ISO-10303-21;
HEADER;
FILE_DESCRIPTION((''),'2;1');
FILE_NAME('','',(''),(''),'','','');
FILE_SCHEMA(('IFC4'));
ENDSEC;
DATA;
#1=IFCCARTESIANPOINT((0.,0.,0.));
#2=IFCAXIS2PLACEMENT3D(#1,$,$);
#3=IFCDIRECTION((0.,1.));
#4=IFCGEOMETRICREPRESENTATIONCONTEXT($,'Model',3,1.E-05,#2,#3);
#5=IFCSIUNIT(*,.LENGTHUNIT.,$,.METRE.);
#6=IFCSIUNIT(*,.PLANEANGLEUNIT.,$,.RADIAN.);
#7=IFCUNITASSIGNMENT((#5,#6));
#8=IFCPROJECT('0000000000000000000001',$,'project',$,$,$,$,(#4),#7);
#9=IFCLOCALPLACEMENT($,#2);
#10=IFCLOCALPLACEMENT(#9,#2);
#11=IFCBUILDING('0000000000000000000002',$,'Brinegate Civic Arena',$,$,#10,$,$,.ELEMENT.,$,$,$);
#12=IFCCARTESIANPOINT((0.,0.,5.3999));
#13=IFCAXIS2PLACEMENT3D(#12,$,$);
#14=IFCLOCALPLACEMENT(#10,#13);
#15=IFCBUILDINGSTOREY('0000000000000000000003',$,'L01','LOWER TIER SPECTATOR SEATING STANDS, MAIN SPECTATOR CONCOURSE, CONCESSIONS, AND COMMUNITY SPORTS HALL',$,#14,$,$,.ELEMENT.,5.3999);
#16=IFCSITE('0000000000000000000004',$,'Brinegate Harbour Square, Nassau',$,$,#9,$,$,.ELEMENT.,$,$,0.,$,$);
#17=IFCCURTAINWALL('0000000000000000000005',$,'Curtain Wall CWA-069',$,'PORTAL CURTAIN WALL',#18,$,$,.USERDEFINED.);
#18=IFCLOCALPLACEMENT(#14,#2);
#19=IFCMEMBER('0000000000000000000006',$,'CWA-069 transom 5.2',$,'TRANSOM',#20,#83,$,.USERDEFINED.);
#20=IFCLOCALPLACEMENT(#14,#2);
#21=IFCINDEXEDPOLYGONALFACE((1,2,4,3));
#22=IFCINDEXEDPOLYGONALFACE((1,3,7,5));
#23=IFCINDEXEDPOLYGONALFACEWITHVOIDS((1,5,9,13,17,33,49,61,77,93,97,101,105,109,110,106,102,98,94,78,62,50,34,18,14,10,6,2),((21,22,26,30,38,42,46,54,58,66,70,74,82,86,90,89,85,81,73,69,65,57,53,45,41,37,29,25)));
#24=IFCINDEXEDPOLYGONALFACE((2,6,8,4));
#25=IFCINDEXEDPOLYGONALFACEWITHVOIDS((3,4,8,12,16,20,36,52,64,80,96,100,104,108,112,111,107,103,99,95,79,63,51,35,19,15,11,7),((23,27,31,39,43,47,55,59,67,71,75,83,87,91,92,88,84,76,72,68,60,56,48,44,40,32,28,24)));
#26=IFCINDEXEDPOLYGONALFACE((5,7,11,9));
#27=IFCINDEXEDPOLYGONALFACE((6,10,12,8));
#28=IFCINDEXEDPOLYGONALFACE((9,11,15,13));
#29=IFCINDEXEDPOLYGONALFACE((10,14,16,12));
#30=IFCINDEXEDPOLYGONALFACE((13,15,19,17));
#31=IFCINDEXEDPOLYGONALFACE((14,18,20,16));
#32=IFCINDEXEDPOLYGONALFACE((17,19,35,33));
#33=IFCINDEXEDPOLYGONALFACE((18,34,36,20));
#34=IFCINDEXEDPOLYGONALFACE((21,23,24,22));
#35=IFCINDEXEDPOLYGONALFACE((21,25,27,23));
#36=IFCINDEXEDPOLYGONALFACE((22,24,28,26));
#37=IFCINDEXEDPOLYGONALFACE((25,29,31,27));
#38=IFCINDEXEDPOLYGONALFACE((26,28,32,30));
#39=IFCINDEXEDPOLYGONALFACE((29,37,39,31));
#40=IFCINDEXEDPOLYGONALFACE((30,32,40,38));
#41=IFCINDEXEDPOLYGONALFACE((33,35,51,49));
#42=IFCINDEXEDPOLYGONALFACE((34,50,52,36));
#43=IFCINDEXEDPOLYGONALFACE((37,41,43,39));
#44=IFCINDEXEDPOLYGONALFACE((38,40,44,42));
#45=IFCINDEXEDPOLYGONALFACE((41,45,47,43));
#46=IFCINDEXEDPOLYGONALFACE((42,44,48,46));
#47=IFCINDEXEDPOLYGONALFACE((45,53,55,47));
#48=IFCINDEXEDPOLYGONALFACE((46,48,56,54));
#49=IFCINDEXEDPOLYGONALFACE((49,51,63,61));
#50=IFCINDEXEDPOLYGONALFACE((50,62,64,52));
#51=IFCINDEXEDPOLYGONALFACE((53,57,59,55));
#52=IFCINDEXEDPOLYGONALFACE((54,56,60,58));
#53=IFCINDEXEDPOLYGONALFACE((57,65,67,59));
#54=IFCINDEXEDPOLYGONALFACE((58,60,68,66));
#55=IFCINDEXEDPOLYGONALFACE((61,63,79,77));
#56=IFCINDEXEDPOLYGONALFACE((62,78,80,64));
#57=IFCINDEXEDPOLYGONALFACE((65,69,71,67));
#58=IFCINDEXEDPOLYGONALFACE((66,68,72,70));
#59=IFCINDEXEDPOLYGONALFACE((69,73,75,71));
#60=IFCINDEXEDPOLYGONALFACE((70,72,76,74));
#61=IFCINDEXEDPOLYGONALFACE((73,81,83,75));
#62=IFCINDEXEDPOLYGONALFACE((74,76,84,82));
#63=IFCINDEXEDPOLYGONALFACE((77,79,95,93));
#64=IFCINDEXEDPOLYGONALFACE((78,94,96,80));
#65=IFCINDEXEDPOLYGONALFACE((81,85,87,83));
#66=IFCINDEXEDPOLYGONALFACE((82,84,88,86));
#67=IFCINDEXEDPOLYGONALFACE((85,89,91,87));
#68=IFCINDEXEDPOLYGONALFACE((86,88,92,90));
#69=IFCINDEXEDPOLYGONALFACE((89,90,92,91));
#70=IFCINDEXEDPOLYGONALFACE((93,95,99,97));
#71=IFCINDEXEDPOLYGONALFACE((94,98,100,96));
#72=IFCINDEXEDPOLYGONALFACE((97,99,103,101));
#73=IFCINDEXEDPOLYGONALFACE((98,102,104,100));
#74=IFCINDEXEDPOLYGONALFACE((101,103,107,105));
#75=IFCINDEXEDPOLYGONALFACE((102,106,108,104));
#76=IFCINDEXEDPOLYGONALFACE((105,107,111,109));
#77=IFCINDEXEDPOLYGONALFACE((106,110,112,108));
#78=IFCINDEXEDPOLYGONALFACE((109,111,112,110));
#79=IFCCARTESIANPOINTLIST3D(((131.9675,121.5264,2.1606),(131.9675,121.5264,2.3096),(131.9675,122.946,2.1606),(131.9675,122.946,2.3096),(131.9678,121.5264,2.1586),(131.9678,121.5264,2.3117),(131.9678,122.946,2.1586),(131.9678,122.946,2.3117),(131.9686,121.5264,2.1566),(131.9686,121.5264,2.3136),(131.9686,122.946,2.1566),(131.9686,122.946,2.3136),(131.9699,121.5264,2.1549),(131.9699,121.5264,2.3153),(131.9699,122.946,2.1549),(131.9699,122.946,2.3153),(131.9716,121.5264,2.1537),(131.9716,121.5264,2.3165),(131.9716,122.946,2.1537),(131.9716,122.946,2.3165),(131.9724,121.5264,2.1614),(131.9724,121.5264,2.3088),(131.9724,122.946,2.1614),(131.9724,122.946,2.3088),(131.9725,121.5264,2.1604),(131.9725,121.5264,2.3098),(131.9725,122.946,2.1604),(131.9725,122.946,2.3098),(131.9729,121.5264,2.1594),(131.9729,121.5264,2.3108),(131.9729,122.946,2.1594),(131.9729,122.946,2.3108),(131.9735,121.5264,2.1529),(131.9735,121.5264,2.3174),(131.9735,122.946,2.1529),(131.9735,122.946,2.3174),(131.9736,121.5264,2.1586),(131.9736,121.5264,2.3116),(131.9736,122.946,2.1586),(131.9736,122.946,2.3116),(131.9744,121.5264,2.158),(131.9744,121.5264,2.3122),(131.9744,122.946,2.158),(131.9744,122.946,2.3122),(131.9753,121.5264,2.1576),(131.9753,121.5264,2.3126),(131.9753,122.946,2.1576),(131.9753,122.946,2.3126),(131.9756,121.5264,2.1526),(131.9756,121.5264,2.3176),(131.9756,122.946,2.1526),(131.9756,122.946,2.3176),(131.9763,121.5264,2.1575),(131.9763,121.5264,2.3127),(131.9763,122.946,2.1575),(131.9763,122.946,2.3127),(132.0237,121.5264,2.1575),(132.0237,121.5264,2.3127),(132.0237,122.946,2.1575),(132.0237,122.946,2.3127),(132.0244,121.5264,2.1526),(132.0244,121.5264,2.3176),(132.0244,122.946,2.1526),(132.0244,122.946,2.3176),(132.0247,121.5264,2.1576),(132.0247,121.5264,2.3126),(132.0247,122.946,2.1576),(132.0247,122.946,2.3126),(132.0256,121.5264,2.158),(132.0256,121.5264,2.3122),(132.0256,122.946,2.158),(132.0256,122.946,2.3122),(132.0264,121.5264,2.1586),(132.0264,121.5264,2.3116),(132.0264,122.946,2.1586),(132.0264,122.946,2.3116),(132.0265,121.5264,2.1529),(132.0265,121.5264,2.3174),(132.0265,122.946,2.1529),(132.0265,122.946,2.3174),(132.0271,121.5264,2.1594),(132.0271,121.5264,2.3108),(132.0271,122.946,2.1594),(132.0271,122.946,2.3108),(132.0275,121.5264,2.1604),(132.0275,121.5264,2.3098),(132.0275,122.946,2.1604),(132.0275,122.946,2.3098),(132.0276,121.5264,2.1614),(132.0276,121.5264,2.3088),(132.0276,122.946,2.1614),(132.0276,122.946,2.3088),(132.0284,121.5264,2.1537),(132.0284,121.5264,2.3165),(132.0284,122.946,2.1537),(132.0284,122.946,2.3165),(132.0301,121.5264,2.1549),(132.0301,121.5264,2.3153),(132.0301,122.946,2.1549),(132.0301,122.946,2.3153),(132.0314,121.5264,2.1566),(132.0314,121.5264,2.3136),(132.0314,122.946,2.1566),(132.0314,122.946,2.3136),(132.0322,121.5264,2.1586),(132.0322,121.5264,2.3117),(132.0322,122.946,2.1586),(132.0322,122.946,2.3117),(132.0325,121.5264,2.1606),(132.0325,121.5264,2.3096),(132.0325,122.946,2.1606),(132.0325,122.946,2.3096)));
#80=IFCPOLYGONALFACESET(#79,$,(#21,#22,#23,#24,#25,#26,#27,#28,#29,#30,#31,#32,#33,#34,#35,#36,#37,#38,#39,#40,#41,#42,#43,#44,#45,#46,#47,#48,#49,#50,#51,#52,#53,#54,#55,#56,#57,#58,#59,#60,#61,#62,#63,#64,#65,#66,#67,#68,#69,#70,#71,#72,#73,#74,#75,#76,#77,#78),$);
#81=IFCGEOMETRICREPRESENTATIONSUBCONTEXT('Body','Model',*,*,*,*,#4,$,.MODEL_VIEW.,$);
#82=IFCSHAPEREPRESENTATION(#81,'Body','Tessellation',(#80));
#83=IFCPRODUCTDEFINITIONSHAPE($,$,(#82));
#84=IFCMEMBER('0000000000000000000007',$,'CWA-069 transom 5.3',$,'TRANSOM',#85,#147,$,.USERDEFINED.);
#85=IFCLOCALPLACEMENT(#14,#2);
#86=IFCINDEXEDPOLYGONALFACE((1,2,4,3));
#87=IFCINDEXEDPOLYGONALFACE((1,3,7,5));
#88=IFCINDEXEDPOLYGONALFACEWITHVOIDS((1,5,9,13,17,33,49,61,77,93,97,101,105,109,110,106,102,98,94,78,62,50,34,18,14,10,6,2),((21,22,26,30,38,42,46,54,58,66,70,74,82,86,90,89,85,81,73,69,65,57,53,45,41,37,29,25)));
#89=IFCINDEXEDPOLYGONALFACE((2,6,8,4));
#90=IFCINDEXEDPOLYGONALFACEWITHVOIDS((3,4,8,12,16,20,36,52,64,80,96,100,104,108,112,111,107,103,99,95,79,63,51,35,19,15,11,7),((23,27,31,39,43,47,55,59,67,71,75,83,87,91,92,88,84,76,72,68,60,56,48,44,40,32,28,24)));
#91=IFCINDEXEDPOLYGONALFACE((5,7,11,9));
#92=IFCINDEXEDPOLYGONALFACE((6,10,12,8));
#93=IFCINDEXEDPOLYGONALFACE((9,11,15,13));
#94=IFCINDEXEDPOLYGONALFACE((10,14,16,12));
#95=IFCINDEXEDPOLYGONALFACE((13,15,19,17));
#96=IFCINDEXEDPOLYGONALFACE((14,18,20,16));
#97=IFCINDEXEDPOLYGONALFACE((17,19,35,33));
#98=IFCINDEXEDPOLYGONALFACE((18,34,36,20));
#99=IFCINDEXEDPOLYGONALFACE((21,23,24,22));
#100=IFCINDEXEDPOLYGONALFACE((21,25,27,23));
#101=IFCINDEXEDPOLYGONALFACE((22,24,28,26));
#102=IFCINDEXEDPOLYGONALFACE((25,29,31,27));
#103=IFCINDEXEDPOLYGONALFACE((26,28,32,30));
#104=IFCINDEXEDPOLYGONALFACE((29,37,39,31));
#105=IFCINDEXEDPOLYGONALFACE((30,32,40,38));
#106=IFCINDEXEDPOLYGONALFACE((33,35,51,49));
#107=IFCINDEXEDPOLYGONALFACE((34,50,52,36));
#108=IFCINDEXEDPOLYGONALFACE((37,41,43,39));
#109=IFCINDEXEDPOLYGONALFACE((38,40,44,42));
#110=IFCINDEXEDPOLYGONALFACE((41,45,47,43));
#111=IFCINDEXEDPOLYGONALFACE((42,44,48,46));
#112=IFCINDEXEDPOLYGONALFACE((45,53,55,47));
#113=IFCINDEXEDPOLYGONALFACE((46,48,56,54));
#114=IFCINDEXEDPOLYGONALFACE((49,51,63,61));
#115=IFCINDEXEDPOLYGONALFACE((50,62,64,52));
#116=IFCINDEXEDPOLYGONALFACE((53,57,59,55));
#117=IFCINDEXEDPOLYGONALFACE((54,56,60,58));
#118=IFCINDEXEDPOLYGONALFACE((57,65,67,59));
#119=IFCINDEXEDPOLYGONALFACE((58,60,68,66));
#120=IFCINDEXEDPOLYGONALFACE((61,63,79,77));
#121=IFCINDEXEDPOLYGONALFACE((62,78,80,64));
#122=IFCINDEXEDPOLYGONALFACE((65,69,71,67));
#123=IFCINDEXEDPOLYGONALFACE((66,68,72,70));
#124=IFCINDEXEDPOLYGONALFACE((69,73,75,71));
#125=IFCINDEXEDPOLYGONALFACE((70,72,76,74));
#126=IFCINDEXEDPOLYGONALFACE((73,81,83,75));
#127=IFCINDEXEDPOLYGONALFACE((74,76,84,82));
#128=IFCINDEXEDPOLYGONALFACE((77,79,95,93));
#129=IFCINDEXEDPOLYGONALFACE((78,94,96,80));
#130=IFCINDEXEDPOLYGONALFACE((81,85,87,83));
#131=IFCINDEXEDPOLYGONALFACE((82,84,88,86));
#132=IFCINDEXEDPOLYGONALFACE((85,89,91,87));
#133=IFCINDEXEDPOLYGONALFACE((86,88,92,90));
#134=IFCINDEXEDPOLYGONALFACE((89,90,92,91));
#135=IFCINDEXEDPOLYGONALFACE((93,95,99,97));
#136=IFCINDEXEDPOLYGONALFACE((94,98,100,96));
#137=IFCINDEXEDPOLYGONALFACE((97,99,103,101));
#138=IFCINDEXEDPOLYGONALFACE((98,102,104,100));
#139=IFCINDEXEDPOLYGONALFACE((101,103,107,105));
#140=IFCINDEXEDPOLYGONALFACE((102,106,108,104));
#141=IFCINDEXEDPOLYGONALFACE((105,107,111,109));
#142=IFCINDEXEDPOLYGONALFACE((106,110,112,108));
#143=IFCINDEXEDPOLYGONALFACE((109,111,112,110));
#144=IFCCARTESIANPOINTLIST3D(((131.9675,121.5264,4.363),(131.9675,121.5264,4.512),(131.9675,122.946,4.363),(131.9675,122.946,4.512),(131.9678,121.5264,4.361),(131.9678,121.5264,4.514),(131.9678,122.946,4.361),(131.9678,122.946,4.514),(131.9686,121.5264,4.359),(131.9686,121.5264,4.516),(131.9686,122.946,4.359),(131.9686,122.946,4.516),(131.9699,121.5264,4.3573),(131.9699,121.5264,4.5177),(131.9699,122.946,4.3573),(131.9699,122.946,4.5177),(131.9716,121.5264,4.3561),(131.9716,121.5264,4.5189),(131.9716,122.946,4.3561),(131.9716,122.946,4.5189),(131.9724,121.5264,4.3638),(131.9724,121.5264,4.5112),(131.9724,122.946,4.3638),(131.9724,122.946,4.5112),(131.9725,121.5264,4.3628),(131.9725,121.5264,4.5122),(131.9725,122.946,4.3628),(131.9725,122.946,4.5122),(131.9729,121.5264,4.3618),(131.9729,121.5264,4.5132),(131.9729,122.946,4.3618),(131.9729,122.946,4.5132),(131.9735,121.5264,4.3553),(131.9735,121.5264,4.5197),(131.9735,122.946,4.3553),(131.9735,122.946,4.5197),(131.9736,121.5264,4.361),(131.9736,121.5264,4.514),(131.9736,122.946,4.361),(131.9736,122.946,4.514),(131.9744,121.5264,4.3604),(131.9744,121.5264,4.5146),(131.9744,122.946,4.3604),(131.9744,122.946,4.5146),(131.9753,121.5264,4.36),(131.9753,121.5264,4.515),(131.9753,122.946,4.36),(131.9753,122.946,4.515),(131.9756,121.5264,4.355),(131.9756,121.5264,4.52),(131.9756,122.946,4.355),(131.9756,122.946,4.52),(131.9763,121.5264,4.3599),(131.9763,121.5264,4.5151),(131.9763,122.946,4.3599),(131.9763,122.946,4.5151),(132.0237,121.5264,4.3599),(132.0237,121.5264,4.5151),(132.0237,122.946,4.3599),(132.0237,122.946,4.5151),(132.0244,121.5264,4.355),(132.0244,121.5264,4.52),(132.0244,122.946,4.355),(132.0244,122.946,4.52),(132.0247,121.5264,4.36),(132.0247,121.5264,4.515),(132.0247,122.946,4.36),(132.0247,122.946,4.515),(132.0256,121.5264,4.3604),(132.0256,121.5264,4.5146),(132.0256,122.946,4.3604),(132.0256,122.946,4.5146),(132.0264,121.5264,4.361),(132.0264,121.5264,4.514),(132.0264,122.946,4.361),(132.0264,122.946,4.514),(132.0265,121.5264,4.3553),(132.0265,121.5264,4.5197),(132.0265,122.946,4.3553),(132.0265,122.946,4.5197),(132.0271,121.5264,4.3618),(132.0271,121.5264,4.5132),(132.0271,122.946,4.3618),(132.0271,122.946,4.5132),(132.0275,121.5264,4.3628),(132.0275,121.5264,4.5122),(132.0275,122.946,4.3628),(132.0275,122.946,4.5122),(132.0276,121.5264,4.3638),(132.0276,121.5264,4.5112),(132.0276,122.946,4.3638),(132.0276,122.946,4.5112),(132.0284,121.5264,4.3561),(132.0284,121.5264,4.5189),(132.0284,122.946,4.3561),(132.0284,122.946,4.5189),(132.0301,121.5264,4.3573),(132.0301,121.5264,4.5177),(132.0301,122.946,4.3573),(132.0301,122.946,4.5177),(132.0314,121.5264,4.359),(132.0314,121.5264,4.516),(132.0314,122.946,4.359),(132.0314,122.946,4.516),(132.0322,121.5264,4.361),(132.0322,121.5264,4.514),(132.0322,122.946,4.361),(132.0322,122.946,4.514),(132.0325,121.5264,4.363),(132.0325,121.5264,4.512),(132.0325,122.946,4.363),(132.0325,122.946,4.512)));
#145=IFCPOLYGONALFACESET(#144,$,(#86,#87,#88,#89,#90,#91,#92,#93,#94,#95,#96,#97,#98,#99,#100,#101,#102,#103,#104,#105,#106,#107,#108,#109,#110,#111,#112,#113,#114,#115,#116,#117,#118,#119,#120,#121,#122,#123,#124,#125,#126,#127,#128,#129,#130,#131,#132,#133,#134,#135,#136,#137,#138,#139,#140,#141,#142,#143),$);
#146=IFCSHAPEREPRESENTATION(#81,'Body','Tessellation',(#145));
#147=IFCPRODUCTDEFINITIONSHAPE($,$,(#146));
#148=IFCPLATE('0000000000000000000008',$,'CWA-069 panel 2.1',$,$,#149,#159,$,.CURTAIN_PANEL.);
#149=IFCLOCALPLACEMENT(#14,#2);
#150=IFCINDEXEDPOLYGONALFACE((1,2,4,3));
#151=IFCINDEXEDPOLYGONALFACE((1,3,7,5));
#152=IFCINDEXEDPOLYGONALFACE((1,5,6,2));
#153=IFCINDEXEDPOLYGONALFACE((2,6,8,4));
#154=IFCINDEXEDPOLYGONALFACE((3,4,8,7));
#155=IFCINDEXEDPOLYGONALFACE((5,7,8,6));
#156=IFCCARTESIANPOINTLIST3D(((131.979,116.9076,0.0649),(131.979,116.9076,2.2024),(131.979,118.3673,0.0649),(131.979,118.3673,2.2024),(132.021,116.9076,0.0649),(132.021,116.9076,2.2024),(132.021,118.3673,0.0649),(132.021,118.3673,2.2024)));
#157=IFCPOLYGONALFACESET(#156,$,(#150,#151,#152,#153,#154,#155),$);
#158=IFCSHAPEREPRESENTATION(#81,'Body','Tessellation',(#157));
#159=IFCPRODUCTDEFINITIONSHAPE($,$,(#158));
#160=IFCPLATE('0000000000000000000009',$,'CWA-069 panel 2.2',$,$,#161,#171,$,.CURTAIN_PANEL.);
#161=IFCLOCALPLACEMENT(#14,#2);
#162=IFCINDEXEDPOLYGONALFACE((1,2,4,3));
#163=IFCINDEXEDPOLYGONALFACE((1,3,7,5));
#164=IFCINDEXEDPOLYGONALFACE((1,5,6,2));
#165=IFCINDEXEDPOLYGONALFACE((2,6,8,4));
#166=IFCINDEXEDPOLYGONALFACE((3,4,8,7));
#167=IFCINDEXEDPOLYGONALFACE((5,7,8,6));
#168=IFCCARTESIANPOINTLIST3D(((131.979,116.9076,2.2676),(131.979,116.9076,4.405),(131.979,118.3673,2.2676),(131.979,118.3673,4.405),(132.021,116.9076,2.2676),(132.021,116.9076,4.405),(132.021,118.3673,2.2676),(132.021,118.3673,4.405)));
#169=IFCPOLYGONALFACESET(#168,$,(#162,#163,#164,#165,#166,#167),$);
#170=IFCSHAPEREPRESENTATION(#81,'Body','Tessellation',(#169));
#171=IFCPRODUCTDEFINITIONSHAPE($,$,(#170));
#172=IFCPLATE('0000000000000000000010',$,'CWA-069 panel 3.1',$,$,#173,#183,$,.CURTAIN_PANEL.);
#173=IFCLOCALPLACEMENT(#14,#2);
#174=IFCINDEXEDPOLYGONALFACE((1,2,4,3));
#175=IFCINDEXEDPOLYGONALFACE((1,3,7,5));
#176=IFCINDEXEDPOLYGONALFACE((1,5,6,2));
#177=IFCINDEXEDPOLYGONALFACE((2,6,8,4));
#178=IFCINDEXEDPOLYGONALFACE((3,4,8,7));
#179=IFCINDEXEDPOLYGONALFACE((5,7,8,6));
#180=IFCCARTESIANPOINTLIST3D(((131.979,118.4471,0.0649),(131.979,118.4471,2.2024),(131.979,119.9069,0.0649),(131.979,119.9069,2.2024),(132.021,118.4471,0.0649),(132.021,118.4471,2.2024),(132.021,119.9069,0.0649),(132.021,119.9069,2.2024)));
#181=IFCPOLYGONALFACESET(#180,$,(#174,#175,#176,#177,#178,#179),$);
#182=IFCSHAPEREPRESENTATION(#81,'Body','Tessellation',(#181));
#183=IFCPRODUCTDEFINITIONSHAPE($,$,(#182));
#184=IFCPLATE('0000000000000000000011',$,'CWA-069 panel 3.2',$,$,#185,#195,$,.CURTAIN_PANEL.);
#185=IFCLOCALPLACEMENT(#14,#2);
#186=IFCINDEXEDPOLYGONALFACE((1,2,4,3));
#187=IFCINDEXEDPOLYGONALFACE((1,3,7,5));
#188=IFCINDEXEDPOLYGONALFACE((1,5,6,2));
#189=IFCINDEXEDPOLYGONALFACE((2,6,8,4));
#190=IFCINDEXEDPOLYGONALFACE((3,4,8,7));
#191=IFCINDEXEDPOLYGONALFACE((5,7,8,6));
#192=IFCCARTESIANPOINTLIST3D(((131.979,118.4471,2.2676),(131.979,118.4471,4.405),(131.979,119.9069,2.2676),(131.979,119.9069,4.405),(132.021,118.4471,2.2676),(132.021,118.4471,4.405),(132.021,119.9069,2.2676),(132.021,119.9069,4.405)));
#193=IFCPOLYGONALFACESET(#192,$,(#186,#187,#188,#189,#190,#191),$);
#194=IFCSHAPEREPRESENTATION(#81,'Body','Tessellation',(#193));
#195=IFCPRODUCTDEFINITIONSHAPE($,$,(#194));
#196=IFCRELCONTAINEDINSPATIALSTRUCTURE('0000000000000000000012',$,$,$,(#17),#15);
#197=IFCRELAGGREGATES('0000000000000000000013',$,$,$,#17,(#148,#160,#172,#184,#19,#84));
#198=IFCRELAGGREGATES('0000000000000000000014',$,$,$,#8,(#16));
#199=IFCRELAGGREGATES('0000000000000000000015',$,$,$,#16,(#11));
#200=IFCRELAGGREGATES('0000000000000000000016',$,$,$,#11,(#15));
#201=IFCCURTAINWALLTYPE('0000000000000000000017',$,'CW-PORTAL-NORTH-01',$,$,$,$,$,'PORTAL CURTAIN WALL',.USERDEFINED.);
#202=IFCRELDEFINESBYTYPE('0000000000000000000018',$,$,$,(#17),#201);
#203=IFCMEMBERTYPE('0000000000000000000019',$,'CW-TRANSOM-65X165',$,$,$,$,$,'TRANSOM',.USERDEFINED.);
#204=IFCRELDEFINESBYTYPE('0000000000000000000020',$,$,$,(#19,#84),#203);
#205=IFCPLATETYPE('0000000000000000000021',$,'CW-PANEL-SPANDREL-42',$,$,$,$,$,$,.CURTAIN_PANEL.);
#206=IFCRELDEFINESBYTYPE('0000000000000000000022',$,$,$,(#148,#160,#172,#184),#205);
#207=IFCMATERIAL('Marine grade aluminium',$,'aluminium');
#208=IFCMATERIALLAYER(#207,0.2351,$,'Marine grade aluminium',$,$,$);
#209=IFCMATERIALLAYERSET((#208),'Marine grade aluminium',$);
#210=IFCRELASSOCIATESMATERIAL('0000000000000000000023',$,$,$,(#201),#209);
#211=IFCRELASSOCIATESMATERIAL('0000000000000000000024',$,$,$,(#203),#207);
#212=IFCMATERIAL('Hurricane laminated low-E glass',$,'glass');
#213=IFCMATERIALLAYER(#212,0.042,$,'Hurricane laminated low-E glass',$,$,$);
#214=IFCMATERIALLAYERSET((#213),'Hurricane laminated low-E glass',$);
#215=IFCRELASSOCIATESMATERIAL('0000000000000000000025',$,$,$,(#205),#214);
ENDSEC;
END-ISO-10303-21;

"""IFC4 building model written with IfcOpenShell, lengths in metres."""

from ifc_helpers import new_model, si_unit, direction, frame, origin, origin_2d, place, context, subcontext, project, spatial, rectangle, hollow_rectangle, extrude, material, layer, layer_set, material_profile, profile_set, type_object, element, aggregate, save


model = new_model("IFC4")

# Units and contexts
model_context = context("Model", 3, precision=1e-05, world=origin(), true_north=direction((0.0, 1.0)))
body_context = subcontext(model_context, "Body", "Model", "MODEL_VIEW")
ifc_project = project(units=[si_unit("LENGTHUNIT", "METRE"), si_unit("PLANEANGLEUNIT", "RADIAN")], contexts=[model_context])

# Site, building, storey
site_placement = place(None, origin())
site = spatial("IfcSite", under=ifc_project, at=site_placement, Name="Brinegate Harbour Square, Nassau", CompositionType="ELEMENT", RefElevation=0.0)
building_placement = place(site_placement, origin())
building = spatial("IfcBuilding", under=site, at=building_placement, Name="Brinegate Civic Arena", CompositionType="ELEMENT")
storey_placement = place(building_placement, frame((0.0, 0.0, 5.3999)))
storey = spatial("IfcBuildingStorey", under=building, at=storey_placement, Name="L01", Description="LOWER TIER SPECTATOR SEATING STANDS, MAIN SPECTATOR CONCOURSE, CONCESSIONS, AND COMMUNITY SPORTS HALL", CompositionType="ELEMENT", Elevation=5.3999)

# Curtain wall, members, plates
ifc_material_1 = material(Name="Marine grade aluminium", Category="aluminium")
ifc_layer_1 = layer(ifc_material_1, 0.2351, Name="Marine grade aluminium")
ifc_layer_set_1 = layer_set([ifc_layer_1], Name="Marine grade aluminium")
curtain_wall_type = type_object("IfcCurtainWallType", Name="CW-PORTAL-NORTH-01", ElementType="PORTAL CURTAIN WALL", PredefinedType="USERDEFINED", material=ifc_layer_set_1)
curtain_wall_placement = place(storey_placement, origin())
curtain_wall = element("IfcCurtainWall", 1, at=curtain_wall_placement, inside=storey, type_object=curtain_wall_type, Name="Curtain Wall CWA-069", ObjectType="PORTAL CURTAIN WALL", PredefinedType="USERDEFINED")
ifc_material_profile_1 = material_profile(ifc_material_1, hollow_rectangle(XDim=0.0649, YDim=0.165, WallThickness=0.0049, InnerFilletRadius=0.0039, OuterFilletRadius=0.0081, at=origin_2d()), Name="TRN65X165")
ifc_profile_set_1 = profile_set([ifc_material_profile_1], Name="Marine grade aluminium")
member_type_1 = type_object("IfcMemberType", Name="CW-TRANSOM-65X165", ElementType="TRANSOM", PredefinedType="USERDEFINED", material=ifc_profile_set_1)
member_1_placement = place(storey_placement, frame((132.0, 121.5264, 2.2351), z_axis=(0.0, 1.0, 0.0), x_axis=(-1.0, 0.0, 0.0)))
member_1 = element("IfcMember", 2, at=member_1_placement, type_object=member_type_1, Name="CWA-069 transom 5.2", ObjectType="TRANSOM", PredefinedType="USERDEFINED", context=body_context, shape_type="SweptSolid", body=[
    extrude(hollow_rectangle(XDim=0.0649, YDim=0.165, WallThickness=0.0049, InnerFilletRadius=0.0039, OuterFilletRadius=0.0081, at=origin_2d()), origin(), (0.0, 0.0, 1.0), 1.4197),
])
member_2_placement = place(storey_placement, frame((132.0, 121.5264, 4.4375), z_axis=(0.0, 1.0, 0.0), x_axis=(-1.0, 0.0, 0.0)))
member_2 = element("IfcMember", 3, at=member_2_placement, type_object=member_type_1, Name="CWA-069 transom 5.3", ObjectType="TRANSOM", PredefinedType="USERDEFINED", context=body_context, shape_type="SweptSolid", body=[
    extrude(hollow_rectangle(XDim=0.0649, YDim=0.165, WallThickness=0.0049, InnerFilletRadius=0.0039, OuterFilletRadius=0.0081, at=origin_2d()), origin(), (0.0, 0.0, 1.0), 1.4197),
])
ifc_material_2 = material(Name="Hurricane laminated low-E glass", Category="glass")
ifc_layer_2 = layer(ifc_material_2, 0.042, Name="Hurricane laminated low-E glass")
ifc_layer_set_2 = layer_set([ifc_layer_2], Name="Hurricane laminated low-E glass")
plate_type = type_object("IfcPlateType", Name="CW-PANEL-SPANDREL-42", PredefinedType="CURTAIN_PANEL", material=ifc_layer_set_2)
plate_1_placement = place(storey_placement, frame((132.0, 117.6375, 0.0649), z_axis=(0.0, 0.0, 1.0), x_axis=(0.0, 1.0, 0.0)))
plate_1 = element("IfcPlate", 4, at=plate_1_placement, type_object=plate_type, Name="CWA-069 panel 2.1", PredefinedType="CURTAIN_PANEL", context=body_context, shape_type="SweptSolid", body=[
    extrude(rectangle(XDim=1.4597, YDim=0.042, at=origin_2d()), origin(), (0.0, 0.0, 1.0), 2.1375),
])
plate_2_placement = place(storey_placement, frame((132.0, 117.6375, 2.2676), z_axis=(0.0, 0.0, 1.0), x_axis=(0.0, 1.0, 0.0)))
plate_2 = element("IfcPlate", 5, at=plate_2_placement, type_object=plate_type, Name="CWA-069 panel 2.2", PredefinedType="CURTAIN_PANEL", context=body_context, shape_type="SweptSolid", body=[
    extrude(rectangle(XDim=1.4597, YDim=0.042, at=origin_2d()), origin(), (0.0, 0.0, 1.0), 2.1375),
])
plate_3_placement = place(storey_placement, frame((132.0, 119.177, 0.0649), z_axis=(0.0, 0.0, 1.0), x_axis=(0.0, 1.0, 0.0)))
plate_3 = element("IfcPlate", 6, at=plate_3_placement, type_object=plate_type, Name="CWA-069 panel 3.1", PredefinedType="CURTAIN_PANEL", context=body_context, shape_type="SweptSolid", body=[
    extrude(rectangle(XDim=1.4597, YDim=0.042, at=origin_2d()), origin(), (0.0, 0.0, 1.0), 2.1375),
])
plate_4_placement = place(storey_placement, frame((132.0, 119.177, 2.2676), z_axis=(0.0, 0.0, 1.0), x_axis=(0.0, 1.0, 0.0)))
plate_4 = element("IfcPlate", 7, at=plate_4_placement, type_object=plate_type, Name="CWA-069 panel 3.2", PredefinedType="CURTAIN_PANEL", context=body_context, shape_type="SweptSolid", body=[
    extrude(rectangle(XDim=1.4597, YDim=0.042, at=origin_2d()), origin(), (0.0, 0.0, 1.0), 2.1375),
])
aggregate(curtain_wall, [plate_1, plate_2, plate_3, plate_4, member_1, member_2])

save(model, "model.ifc")
